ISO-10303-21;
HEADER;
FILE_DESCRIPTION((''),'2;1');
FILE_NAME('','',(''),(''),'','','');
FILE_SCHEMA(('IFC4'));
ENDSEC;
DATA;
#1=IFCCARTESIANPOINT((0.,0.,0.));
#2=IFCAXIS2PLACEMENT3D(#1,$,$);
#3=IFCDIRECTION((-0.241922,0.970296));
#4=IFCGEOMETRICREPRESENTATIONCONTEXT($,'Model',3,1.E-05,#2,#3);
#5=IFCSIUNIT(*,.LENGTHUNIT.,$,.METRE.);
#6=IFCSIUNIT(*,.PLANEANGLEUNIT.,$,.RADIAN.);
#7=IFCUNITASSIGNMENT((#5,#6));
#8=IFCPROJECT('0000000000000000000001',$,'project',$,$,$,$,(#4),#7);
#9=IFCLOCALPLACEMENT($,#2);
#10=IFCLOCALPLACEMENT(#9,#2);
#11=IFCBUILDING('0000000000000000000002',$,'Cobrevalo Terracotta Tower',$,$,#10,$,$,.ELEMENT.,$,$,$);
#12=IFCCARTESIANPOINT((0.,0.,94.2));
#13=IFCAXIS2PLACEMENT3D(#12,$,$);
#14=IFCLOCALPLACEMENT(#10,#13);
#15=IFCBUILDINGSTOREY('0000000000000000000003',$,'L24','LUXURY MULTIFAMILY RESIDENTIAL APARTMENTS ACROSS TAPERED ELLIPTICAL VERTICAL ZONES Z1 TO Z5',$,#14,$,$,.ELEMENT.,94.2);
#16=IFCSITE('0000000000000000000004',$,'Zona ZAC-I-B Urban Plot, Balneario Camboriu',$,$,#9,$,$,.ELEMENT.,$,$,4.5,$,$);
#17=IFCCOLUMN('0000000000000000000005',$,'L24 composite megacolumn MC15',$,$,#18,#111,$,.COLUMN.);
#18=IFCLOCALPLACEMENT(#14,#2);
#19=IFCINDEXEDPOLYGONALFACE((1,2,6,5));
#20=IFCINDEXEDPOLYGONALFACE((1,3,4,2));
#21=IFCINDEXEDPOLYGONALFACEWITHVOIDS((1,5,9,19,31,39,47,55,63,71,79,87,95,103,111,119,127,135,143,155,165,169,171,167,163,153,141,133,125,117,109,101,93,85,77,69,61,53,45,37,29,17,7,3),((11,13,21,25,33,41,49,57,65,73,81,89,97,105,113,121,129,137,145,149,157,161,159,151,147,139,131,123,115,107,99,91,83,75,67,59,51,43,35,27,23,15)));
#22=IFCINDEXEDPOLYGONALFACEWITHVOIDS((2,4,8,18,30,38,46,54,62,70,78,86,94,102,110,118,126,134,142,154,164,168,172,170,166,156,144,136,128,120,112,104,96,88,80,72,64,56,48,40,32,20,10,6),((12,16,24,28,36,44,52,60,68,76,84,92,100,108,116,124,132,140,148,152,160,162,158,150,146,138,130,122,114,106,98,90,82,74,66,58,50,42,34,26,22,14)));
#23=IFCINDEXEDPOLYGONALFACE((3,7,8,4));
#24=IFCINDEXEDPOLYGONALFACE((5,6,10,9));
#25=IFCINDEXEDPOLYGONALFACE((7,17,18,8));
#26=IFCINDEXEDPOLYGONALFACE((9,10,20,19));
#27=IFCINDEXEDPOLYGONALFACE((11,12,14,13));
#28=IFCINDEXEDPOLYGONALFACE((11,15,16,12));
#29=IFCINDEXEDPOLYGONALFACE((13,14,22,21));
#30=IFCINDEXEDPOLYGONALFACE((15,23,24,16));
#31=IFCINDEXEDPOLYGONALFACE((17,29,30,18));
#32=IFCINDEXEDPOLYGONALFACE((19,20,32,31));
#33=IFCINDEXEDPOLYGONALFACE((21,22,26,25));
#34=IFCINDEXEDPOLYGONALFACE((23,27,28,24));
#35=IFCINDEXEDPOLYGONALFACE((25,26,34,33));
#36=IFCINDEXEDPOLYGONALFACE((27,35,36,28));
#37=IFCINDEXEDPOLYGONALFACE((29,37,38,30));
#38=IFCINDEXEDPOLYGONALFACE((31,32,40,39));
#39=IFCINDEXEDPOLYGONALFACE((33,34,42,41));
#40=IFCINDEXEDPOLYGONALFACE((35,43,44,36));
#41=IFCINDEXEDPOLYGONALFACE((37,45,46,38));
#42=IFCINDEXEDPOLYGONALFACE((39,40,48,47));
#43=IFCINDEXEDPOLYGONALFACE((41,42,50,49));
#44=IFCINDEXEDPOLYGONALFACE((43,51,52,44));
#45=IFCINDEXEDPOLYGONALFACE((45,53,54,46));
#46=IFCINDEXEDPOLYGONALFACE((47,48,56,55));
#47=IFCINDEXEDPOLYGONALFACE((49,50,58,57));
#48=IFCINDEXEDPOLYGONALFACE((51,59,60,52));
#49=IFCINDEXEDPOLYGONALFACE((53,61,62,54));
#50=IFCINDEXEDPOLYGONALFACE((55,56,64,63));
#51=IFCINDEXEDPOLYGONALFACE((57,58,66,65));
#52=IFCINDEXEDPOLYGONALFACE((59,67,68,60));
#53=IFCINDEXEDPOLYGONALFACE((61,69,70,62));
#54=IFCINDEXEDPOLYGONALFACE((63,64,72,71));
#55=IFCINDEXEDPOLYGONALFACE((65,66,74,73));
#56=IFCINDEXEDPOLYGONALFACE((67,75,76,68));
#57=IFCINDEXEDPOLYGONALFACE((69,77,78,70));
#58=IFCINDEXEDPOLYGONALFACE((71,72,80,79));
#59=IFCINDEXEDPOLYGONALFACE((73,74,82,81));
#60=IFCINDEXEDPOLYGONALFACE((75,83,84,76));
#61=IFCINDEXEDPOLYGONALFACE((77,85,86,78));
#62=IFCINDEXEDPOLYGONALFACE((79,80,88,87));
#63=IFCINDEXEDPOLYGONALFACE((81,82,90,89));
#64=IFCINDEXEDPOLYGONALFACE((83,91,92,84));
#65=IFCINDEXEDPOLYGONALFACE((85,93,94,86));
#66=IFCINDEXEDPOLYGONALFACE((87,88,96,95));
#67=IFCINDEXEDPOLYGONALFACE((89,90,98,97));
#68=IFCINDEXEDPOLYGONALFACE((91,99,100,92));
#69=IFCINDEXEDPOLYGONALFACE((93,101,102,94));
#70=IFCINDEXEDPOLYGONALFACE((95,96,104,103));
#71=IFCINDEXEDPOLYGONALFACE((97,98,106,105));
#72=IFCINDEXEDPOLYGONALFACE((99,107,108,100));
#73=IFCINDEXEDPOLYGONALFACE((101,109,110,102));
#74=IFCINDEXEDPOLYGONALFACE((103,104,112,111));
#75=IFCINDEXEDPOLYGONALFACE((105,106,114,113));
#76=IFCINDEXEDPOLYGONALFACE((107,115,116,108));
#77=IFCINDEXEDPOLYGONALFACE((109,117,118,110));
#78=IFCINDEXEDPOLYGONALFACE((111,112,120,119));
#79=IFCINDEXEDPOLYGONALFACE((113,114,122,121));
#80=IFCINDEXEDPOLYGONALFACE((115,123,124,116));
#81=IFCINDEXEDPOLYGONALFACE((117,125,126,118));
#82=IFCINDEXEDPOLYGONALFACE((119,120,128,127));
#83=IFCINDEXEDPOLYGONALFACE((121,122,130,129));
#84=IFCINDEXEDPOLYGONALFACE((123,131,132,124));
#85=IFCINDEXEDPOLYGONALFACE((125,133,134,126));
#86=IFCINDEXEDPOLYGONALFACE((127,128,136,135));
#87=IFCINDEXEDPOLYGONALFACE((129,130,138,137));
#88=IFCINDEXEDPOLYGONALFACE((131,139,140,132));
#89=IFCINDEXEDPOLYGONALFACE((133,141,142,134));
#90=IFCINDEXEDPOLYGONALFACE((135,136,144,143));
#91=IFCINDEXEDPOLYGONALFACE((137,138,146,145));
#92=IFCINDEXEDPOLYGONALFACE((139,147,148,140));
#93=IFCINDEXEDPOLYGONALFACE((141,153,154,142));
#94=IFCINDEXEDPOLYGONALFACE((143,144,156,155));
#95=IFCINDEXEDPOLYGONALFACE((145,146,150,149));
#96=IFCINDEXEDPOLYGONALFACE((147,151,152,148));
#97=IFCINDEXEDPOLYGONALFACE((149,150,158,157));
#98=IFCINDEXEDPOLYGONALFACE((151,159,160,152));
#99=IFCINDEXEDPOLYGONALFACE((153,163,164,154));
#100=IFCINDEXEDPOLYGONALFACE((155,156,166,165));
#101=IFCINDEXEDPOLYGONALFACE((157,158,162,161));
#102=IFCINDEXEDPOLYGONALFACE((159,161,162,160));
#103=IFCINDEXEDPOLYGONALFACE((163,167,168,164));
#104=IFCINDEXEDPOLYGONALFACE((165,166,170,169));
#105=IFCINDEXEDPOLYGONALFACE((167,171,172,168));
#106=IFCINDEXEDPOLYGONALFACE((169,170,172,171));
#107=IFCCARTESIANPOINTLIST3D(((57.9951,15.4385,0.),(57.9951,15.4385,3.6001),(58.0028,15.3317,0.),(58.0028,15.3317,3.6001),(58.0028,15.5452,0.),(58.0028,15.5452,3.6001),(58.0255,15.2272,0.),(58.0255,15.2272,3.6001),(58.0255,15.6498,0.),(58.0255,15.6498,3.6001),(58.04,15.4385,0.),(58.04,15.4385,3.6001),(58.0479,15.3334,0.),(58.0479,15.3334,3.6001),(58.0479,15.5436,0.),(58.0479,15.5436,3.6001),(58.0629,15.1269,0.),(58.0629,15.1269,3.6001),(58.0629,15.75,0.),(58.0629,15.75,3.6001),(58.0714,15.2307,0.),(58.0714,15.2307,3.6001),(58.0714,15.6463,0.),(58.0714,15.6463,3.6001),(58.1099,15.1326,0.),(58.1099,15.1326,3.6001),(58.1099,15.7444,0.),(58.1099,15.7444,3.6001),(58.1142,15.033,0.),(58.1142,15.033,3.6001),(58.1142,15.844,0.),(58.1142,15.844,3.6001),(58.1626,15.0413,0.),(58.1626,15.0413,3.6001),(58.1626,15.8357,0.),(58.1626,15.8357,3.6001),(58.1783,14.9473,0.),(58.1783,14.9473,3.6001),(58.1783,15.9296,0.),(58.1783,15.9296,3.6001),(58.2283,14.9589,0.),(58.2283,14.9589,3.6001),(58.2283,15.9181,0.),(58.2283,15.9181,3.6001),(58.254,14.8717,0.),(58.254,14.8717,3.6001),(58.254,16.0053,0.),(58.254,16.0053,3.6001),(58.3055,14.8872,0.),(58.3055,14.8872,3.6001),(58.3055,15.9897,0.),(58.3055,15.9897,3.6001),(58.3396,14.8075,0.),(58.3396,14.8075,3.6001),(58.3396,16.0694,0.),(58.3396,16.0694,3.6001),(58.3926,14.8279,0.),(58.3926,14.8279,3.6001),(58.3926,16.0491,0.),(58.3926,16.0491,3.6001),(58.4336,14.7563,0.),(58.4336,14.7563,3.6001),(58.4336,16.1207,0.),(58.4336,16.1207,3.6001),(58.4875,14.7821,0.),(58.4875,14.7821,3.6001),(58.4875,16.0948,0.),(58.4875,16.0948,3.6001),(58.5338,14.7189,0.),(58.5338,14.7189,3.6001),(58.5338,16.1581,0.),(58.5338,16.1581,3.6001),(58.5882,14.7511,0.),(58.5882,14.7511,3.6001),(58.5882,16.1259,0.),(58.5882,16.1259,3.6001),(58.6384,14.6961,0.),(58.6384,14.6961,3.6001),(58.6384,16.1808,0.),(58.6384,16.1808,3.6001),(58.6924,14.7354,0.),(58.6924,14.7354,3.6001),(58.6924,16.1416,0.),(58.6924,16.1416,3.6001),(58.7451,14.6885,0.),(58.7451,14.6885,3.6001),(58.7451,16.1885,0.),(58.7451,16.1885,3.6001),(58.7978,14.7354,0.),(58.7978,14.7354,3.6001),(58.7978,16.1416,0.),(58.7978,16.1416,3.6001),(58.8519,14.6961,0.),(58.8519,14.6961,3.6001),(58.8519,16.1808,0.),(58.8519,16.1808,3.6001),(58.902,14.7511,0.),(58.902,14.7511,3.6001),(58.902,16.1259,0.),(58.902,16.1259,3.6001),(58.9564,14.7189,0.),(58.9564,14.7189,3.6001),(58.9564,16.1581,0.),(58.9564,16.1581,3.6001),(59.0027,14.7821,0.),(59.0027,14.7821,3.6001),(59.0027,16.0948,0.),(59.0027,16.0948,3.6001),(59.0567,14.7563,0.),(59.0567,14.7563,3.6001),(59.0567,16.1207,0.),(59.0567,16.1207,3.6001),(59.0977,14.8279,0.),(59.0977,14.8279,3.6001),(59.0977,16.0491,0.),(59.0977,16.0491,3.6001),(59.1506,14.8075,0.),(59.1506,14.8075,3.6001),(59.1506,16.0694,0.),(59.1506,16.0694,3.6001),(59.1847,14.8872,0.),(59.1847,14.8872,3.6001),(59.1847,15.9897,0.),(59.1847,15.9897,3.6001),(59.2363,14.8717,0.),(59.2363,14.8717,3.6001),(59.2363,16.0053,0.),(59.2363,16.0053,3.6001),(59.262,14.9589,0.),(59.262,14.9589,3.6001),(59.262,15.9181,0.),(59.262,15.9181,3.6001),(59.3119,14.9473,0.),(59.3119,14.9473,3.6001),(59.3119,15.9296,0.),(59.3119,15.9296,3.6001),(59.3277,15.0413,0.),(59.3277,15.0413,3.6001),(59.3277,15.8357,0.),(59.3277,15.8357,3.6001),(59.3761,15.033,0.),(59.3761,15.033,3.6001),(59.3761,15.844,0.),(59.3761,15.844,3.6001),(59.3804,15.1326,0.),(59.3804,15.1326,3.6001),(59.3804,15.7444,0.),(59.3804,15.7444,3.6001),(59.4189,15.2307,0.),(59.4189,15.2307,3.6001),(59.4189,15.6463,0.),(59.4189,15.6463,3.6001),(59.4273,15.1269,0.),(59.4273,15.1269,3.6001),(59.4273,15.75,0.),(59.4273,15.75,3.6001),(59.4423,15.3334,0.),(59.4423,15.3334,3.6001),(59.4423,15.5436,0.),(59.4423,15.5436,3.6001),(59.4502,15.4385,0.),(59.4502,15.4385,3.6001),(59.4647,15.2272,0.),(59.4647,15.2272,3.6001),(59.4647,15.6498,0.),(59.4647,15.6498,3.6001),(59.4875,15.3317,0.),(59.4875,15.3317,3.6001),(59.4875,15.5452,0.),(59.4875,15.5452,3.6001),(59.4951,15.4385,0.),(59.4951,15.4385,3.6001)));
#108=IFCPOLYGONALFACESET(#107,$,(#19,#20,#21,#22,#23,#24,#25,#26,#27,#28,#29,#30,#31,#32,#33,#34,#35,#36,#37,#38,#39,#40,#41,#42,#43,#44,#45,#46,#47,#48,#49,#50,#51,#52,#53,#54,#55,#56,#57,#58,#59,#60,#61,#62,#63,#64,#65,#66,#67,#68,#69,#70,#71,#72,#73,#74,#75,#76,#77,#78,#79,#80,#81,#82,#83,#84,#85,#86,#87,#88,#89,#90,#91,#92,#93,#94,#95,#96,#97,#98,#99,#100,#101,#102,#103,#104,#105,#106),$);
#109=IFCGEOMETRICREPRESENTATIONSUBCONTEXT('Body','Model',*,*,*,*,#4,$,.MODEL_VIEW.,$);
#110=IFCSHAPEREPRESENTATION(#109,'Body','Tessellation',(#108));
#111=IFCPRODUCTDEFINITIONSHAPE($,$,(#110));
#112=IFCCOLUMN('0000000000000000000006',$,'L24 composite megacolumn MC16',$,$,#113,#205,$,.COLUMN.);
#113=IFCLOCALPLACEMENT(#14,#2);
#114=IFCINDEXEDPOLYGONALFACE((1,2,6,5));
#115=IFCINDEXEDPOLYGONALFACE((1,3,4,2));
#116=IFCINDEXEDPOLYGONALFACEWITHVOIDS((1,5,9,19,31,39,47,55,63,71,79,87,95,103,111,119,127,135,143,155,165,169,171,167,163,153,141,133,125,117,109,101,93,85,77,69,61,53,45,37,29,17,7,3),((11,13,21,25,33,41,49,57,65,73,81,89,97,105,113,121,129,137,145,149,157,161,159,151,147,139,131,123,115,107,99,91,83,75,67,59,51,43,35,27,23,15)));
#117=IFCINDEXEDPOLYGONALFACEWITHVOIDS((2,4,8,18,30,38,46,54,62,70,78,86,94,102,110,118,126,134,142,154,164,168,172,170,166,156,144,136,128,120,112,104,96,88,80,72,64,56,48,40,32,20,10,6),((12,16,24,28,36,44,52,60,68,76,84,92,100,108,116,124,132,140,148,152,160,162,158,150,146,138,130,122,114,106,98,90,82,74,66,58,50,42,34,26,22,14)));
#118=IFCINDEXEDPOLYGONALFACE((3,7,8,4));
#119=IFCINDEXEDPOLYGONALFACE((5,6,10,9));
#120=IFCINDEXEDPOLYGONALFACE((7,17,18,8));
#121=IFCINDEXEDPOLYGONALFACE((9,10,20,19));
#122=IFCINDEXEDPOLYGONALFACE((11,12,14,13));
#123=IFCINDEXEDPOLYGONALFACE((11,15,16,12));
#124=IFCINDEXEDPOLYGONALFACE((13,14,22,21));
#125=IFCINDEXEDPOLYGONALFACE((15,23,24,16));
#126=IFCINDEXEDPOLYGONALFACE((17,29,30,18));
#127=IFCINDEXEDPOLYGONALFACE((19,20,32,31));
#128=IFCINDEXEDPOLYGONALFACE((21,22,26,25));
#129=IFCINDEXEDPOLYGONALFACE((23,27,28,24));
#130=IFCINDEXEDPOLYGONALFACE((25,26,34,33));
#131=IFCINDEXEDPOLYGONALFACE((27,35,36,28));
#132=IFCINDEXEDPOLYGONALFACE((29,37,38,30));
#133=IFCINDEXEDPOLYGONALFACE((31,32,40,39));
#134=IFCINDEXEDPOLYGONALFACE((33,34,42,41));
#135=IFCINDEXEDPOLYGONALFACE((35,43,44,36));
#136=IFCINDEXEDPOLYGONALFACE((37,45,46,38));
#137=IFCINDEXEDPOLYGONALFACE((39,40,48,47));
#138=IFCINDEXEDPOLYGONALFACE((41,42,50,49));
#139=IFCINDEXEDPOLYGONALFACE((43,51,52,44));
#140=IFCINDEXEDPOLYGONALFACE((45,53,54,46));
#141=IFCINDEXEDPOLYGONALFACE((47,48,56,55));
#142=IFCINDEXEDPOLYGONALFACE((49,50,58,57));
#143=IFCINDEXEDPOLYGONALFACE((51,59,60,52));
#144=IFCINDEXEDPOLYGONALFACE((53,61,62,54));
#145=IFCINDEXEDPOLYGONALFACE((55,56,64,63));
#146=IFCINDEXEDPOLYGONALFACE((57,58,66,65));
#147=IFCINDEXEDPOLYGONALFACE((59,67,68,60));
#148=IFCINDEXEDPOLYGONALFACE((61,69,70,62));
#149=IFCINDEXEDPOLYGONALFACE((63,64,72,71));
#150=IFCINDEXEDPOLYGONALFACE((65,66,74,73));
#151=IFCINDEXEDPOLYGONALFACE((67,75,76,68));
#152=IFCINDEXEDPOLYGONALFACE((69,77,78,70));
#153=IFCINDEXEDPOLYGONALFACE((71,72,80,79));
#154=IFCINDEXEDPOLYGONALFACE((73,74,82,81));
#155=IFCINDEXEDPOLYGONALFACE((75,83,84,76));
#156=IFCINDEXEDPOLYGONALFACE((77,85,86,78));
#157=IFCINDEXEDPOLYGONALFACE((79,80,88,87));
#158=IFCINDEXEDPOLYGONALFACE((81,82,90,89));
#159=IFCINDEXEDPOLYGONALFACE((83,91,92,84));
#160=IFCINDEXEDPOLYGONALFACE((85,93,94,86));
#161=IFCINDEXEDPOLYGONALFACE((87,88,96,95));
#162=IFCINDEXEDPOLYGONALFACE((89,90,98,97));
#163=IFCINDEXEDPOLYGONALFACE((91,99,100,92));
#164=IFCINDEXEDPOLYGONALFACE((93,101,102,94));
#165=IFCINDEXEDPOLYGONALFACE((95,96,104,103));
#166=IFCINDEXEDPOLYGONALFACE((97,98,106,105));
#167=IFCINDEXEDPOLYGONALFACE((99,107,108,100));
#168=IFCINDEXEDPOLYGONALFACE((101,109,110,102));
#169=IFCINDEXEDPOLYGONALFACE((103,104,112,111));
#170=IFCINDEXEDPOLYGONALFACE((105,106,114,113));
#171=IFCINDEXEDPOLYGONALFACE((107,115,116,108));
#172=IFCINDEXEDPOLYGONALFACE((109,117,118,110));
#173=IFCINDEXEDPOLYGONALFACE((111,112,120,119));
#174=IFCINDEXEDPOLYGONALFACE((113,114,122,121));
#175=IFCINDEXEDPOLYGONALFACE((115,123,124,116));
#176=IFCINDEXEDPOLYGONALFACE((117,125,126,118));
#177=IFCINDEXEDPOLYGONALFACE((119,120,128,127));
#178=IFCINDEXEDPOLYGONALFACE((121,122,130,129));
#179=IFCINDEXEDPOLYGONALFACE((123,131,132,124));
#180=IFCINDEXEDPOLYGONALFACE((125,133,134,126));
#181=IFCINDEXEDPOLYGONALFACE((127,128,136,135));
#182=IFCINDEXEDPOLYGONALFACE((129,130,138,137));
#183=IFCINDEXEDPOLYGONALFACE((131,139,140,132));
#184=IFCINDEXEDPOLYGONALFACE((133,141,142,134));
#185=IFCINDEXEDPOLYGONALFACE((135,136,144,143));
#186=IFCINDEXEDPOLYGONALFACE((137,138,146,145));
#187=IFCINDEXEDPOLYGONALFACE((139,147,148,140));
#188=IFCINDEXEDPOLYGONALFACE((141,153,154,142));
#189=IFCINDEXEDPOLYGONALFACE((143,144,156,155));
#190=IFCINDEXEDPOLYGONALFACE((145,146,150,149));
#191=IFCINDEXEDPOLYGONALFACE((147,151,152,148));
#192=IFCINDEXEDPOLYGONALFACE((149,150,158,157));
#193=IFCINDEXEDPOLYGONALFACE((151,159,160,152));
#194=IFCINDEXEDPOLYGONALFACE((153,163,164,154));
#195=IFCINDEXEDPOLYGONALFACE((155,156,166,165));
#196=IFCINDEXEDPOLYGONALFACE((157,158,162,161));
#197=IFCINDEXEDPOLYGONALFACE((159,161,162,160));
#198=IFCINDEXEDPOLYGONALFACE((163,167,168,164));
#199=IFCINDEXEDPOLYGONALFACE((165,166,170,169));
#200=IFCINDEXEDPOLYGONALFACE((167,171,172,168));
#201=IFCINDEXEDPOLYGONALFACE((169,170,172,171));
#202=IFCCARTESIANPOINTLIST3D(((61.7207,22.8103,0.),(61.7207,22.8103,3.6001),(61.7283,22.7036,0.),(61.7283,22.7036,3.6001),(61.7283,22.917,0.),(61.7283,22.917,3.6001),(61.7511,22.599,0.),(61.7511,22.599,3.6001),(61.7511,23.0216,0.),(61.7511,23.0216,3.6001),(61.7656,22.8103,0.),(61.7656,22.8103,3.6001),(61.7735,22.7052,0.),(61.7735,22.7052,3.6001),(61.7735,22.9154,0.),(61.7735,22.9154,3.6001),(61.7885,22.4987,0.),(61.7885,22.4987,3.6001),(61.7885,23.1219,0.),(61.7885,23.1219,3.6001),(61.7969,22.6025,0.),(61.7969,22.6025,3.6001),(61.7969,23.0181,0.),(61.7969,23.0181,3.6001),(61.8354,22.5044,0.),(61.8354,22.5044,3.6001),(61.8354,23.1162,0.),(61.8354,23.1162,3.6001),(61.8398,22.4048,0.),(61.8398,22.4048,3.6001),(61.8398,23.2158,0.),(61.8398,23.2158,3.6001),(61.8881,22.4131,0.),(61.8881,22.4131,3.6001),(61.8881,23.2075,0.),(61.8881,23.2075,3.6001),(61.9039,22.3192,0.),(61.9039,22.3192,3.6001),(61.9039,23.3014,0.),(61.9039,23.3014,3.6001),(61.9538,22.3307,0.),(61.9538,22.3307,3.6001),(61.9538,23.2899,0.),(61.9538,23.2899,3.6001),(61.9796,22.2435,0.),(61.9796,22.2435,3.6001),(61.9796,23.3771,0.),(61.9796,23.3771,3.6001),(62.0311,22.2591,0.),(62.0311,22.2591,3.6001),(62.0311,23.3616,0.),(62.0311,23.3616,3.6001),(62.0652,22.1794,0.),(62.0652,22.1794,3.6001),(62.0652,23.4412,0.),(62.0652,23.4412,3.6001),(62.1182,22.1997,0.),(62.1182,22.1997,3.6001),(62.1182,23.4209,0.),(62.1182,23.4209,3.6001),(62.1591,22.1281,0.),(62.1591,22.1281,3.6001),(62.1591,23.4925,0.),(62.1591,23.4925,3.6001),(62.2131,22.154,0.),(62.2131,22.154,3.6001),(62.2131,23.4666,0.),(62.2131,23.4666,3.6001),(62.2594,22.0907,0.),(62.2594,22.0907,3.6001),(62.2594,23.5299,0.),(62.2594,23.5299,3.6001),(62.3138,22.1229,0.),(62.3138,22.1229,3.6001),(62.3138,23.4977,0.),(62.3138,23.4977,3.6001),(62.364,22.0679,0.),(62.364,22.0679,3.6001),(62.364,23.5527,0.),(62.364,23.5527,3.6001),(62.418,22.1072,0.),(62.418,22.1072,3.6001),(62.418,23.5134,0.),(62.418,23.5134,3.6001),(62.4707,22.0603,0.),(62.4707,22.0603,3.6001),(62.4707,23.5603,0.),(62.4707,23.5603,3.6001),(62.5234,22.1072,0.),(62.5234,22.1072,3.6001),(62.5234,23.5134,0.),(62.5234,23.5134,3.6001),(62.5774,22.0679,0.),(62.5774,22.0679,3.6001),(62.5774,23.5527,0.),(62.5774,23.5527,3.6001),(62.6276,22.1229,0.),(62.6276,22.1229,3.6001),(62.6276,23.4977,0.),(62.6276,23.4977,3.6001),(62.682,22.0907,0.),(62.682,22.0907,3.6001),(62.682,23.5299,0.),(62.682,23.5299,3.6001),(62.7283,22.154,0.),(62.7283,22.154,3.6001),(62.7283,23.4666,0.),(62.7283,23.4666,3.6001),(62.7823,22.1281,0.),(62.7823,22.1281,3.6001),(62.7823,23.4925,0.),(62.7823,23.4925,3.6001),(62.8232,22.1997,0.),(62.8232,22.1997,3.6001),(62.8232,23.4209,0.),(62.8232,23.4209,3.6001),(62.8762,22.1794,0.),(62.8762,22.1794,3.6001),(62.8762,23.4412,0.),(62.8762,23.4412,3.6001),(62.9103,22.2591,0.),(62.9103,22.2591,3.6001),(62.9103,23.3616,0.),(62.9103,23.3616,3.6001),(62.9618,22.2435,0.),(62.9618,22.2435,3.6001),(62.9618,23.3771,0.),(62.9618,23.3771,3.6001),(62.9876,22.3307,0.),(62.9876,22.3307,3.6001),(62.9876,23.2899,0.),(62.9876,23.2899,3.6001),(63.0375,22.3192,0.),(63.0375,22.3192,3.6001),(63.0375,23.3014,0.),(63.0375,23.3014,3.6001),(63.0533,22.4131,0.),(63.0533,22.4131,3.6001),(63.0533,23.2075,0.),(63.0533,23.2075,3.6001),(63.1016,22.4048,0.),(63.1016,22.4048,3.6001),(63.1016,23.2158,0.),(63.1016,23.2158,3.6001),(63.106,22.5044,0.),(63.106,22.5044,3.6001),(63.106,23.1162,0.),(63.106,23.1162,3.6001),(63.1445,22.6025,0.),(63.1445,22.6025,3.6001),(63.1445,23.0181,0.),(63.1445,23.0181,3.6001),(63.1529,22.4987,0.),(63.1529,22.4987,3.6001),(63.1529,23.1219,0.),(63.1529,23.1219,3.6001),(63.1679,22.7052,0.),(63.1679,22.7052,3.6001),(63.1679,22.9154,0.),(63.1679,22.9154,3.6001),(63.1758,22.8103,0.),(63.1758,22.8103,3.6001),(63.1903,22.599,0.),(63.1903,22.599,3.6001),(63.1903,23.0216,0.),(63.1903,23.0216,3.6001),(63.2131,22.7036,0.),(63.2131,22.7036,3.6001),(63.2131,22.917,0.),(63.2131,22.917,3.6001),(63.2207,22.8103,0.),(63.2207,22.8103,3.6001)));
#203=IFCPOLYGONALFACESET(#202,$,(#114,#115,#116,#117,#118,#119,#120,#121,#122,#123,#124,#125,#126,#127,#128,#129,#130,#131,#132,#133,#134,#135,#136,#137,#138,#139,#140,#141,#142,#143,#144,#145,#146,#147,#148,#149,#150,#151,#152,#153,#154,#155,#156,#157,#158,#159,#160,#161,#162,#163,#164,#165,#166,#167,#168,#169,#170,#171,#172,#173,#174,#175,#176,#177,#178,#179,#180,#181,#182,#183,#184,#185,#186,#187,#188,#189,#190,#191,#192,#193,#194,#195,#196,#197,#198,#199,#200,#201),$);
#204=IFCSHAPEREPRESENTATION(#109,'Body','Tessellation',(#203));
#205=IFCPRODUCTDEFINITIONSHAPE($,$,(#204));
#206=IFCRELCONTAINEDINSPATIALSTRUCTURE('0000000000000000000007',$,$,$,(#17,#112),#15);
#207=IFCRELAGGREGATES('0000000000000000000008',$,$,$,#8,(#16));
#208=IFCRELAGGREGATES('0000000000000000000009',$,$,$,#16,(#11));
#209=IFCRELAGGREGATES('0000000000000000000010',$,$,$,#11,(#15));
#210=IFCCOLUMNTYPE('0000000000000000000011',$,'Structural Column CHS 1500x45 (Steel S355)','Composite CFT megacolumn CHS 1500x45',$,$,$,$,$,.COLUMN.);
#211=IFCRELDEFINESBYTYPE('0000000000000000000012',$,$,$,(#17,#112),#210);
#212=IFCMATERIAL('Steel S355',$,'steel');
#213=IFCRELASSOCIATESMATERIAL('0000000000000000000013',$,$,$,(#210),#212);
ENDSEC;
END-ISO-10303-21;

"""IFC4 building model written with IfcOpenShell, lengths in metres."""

from ifc_helpers import new_model, si_unit, direction, frame, origin, origin_2d, place, context, subcontext, project, spatial, hollow_circle, extrude, material, material_profile, profile_set, type_object, element, save


model = new_model("IFC4")

# Units and contexts
model_context = context("Model", 3, precision=1e-05, world=origin(), true_north=direction((-0.241922, 0.970296)))
body_context = subcontext(model_context, "Body", "Model", "MODEL_VIEW")
ifc_project = project(units=[si_unit("LENGTHUNIT", "METRE"), si_unit("PLANEANGLEUNIT", "RADIAN")], contexts=[model_context])

# Site, building, storey
site_placement = place(None, origin())
site = spatial("IfcSite", under=ifc_project, at=site_placement, Name="Zona ZAC-I-B Urban Plot, Balneario Camboriu", CompositionType="ELEMENT", RefElevation=4.5)
building_placement = place(site_placement, origin())
building = spatial("IfcBuilding", under=site, at=building_placement, Name="Cobrevalo Terracotta Tower", CompositionType="ELEMENT")
storey_placement = place(building_placement, frame((0.0, 0.0, 94.2)))
storey = spatial("IfcBuildingStorey", under=building, at=storey_placement, Name="L24", Description="LUXURY MULTIFAMILY RESIDENTIAL APARTMENTS ACROSS TAPERED ELLIPTICAL VERTICAL ZONES Z1 TO Z5", CompositionType="ELEMENT", Elevation=94.2)

# Columns
ifc_material_1 = material(Name="Steel S355", Category="steel")
ifc_material_profile_1 = material_profile(ifc_material_1, hollow_circle(Radius=0.75, WallThickness=0.0449, at=origin_2d()), Name="CHS 1500x45")
ifc_profile_set_1 = profile_set([ifc_material_profile_1], Name="Steel S355")
column_type = type_object("IfcColumnType", Name="Structural Column CHS 1500x45 (Steel S355)", Description="Composite CFT megacolumn CHS 1500x45", PredefinedType="COLUMN", material=ifc_profile_set_1)
for number, where, z_axis, x_axis, name in (
    (1, (58.7451, 15.4385, 0.0), (0.0, 0.0, 1.0), (1.0, 0.0, 0.0), "L24 composite megacolumn MC15"),
    (2, (62.4707, 22.8103, 0.0), (0.0, 0.0, 1.0), (1.0, 0.0, 0.0), "L24 composite megacolumn MC16"),
):
    element("IfcColumn", number, at=place(storey_placement, frame(where, z_axis=z_axis, x_axis=x_axis)), inside=storey, type_object=column_type, Name=name, PredefinedType="COLUMN", context=body_context, shape_type="SweptSolid", body=[
        extrude(hollow_circle(Radius=0.75, WallThickness=0.0449, at=origin_2d()), origin(), (0.0, 0.0, 1.0), 3.6001),
    ])

save(model, "model.ifc")
